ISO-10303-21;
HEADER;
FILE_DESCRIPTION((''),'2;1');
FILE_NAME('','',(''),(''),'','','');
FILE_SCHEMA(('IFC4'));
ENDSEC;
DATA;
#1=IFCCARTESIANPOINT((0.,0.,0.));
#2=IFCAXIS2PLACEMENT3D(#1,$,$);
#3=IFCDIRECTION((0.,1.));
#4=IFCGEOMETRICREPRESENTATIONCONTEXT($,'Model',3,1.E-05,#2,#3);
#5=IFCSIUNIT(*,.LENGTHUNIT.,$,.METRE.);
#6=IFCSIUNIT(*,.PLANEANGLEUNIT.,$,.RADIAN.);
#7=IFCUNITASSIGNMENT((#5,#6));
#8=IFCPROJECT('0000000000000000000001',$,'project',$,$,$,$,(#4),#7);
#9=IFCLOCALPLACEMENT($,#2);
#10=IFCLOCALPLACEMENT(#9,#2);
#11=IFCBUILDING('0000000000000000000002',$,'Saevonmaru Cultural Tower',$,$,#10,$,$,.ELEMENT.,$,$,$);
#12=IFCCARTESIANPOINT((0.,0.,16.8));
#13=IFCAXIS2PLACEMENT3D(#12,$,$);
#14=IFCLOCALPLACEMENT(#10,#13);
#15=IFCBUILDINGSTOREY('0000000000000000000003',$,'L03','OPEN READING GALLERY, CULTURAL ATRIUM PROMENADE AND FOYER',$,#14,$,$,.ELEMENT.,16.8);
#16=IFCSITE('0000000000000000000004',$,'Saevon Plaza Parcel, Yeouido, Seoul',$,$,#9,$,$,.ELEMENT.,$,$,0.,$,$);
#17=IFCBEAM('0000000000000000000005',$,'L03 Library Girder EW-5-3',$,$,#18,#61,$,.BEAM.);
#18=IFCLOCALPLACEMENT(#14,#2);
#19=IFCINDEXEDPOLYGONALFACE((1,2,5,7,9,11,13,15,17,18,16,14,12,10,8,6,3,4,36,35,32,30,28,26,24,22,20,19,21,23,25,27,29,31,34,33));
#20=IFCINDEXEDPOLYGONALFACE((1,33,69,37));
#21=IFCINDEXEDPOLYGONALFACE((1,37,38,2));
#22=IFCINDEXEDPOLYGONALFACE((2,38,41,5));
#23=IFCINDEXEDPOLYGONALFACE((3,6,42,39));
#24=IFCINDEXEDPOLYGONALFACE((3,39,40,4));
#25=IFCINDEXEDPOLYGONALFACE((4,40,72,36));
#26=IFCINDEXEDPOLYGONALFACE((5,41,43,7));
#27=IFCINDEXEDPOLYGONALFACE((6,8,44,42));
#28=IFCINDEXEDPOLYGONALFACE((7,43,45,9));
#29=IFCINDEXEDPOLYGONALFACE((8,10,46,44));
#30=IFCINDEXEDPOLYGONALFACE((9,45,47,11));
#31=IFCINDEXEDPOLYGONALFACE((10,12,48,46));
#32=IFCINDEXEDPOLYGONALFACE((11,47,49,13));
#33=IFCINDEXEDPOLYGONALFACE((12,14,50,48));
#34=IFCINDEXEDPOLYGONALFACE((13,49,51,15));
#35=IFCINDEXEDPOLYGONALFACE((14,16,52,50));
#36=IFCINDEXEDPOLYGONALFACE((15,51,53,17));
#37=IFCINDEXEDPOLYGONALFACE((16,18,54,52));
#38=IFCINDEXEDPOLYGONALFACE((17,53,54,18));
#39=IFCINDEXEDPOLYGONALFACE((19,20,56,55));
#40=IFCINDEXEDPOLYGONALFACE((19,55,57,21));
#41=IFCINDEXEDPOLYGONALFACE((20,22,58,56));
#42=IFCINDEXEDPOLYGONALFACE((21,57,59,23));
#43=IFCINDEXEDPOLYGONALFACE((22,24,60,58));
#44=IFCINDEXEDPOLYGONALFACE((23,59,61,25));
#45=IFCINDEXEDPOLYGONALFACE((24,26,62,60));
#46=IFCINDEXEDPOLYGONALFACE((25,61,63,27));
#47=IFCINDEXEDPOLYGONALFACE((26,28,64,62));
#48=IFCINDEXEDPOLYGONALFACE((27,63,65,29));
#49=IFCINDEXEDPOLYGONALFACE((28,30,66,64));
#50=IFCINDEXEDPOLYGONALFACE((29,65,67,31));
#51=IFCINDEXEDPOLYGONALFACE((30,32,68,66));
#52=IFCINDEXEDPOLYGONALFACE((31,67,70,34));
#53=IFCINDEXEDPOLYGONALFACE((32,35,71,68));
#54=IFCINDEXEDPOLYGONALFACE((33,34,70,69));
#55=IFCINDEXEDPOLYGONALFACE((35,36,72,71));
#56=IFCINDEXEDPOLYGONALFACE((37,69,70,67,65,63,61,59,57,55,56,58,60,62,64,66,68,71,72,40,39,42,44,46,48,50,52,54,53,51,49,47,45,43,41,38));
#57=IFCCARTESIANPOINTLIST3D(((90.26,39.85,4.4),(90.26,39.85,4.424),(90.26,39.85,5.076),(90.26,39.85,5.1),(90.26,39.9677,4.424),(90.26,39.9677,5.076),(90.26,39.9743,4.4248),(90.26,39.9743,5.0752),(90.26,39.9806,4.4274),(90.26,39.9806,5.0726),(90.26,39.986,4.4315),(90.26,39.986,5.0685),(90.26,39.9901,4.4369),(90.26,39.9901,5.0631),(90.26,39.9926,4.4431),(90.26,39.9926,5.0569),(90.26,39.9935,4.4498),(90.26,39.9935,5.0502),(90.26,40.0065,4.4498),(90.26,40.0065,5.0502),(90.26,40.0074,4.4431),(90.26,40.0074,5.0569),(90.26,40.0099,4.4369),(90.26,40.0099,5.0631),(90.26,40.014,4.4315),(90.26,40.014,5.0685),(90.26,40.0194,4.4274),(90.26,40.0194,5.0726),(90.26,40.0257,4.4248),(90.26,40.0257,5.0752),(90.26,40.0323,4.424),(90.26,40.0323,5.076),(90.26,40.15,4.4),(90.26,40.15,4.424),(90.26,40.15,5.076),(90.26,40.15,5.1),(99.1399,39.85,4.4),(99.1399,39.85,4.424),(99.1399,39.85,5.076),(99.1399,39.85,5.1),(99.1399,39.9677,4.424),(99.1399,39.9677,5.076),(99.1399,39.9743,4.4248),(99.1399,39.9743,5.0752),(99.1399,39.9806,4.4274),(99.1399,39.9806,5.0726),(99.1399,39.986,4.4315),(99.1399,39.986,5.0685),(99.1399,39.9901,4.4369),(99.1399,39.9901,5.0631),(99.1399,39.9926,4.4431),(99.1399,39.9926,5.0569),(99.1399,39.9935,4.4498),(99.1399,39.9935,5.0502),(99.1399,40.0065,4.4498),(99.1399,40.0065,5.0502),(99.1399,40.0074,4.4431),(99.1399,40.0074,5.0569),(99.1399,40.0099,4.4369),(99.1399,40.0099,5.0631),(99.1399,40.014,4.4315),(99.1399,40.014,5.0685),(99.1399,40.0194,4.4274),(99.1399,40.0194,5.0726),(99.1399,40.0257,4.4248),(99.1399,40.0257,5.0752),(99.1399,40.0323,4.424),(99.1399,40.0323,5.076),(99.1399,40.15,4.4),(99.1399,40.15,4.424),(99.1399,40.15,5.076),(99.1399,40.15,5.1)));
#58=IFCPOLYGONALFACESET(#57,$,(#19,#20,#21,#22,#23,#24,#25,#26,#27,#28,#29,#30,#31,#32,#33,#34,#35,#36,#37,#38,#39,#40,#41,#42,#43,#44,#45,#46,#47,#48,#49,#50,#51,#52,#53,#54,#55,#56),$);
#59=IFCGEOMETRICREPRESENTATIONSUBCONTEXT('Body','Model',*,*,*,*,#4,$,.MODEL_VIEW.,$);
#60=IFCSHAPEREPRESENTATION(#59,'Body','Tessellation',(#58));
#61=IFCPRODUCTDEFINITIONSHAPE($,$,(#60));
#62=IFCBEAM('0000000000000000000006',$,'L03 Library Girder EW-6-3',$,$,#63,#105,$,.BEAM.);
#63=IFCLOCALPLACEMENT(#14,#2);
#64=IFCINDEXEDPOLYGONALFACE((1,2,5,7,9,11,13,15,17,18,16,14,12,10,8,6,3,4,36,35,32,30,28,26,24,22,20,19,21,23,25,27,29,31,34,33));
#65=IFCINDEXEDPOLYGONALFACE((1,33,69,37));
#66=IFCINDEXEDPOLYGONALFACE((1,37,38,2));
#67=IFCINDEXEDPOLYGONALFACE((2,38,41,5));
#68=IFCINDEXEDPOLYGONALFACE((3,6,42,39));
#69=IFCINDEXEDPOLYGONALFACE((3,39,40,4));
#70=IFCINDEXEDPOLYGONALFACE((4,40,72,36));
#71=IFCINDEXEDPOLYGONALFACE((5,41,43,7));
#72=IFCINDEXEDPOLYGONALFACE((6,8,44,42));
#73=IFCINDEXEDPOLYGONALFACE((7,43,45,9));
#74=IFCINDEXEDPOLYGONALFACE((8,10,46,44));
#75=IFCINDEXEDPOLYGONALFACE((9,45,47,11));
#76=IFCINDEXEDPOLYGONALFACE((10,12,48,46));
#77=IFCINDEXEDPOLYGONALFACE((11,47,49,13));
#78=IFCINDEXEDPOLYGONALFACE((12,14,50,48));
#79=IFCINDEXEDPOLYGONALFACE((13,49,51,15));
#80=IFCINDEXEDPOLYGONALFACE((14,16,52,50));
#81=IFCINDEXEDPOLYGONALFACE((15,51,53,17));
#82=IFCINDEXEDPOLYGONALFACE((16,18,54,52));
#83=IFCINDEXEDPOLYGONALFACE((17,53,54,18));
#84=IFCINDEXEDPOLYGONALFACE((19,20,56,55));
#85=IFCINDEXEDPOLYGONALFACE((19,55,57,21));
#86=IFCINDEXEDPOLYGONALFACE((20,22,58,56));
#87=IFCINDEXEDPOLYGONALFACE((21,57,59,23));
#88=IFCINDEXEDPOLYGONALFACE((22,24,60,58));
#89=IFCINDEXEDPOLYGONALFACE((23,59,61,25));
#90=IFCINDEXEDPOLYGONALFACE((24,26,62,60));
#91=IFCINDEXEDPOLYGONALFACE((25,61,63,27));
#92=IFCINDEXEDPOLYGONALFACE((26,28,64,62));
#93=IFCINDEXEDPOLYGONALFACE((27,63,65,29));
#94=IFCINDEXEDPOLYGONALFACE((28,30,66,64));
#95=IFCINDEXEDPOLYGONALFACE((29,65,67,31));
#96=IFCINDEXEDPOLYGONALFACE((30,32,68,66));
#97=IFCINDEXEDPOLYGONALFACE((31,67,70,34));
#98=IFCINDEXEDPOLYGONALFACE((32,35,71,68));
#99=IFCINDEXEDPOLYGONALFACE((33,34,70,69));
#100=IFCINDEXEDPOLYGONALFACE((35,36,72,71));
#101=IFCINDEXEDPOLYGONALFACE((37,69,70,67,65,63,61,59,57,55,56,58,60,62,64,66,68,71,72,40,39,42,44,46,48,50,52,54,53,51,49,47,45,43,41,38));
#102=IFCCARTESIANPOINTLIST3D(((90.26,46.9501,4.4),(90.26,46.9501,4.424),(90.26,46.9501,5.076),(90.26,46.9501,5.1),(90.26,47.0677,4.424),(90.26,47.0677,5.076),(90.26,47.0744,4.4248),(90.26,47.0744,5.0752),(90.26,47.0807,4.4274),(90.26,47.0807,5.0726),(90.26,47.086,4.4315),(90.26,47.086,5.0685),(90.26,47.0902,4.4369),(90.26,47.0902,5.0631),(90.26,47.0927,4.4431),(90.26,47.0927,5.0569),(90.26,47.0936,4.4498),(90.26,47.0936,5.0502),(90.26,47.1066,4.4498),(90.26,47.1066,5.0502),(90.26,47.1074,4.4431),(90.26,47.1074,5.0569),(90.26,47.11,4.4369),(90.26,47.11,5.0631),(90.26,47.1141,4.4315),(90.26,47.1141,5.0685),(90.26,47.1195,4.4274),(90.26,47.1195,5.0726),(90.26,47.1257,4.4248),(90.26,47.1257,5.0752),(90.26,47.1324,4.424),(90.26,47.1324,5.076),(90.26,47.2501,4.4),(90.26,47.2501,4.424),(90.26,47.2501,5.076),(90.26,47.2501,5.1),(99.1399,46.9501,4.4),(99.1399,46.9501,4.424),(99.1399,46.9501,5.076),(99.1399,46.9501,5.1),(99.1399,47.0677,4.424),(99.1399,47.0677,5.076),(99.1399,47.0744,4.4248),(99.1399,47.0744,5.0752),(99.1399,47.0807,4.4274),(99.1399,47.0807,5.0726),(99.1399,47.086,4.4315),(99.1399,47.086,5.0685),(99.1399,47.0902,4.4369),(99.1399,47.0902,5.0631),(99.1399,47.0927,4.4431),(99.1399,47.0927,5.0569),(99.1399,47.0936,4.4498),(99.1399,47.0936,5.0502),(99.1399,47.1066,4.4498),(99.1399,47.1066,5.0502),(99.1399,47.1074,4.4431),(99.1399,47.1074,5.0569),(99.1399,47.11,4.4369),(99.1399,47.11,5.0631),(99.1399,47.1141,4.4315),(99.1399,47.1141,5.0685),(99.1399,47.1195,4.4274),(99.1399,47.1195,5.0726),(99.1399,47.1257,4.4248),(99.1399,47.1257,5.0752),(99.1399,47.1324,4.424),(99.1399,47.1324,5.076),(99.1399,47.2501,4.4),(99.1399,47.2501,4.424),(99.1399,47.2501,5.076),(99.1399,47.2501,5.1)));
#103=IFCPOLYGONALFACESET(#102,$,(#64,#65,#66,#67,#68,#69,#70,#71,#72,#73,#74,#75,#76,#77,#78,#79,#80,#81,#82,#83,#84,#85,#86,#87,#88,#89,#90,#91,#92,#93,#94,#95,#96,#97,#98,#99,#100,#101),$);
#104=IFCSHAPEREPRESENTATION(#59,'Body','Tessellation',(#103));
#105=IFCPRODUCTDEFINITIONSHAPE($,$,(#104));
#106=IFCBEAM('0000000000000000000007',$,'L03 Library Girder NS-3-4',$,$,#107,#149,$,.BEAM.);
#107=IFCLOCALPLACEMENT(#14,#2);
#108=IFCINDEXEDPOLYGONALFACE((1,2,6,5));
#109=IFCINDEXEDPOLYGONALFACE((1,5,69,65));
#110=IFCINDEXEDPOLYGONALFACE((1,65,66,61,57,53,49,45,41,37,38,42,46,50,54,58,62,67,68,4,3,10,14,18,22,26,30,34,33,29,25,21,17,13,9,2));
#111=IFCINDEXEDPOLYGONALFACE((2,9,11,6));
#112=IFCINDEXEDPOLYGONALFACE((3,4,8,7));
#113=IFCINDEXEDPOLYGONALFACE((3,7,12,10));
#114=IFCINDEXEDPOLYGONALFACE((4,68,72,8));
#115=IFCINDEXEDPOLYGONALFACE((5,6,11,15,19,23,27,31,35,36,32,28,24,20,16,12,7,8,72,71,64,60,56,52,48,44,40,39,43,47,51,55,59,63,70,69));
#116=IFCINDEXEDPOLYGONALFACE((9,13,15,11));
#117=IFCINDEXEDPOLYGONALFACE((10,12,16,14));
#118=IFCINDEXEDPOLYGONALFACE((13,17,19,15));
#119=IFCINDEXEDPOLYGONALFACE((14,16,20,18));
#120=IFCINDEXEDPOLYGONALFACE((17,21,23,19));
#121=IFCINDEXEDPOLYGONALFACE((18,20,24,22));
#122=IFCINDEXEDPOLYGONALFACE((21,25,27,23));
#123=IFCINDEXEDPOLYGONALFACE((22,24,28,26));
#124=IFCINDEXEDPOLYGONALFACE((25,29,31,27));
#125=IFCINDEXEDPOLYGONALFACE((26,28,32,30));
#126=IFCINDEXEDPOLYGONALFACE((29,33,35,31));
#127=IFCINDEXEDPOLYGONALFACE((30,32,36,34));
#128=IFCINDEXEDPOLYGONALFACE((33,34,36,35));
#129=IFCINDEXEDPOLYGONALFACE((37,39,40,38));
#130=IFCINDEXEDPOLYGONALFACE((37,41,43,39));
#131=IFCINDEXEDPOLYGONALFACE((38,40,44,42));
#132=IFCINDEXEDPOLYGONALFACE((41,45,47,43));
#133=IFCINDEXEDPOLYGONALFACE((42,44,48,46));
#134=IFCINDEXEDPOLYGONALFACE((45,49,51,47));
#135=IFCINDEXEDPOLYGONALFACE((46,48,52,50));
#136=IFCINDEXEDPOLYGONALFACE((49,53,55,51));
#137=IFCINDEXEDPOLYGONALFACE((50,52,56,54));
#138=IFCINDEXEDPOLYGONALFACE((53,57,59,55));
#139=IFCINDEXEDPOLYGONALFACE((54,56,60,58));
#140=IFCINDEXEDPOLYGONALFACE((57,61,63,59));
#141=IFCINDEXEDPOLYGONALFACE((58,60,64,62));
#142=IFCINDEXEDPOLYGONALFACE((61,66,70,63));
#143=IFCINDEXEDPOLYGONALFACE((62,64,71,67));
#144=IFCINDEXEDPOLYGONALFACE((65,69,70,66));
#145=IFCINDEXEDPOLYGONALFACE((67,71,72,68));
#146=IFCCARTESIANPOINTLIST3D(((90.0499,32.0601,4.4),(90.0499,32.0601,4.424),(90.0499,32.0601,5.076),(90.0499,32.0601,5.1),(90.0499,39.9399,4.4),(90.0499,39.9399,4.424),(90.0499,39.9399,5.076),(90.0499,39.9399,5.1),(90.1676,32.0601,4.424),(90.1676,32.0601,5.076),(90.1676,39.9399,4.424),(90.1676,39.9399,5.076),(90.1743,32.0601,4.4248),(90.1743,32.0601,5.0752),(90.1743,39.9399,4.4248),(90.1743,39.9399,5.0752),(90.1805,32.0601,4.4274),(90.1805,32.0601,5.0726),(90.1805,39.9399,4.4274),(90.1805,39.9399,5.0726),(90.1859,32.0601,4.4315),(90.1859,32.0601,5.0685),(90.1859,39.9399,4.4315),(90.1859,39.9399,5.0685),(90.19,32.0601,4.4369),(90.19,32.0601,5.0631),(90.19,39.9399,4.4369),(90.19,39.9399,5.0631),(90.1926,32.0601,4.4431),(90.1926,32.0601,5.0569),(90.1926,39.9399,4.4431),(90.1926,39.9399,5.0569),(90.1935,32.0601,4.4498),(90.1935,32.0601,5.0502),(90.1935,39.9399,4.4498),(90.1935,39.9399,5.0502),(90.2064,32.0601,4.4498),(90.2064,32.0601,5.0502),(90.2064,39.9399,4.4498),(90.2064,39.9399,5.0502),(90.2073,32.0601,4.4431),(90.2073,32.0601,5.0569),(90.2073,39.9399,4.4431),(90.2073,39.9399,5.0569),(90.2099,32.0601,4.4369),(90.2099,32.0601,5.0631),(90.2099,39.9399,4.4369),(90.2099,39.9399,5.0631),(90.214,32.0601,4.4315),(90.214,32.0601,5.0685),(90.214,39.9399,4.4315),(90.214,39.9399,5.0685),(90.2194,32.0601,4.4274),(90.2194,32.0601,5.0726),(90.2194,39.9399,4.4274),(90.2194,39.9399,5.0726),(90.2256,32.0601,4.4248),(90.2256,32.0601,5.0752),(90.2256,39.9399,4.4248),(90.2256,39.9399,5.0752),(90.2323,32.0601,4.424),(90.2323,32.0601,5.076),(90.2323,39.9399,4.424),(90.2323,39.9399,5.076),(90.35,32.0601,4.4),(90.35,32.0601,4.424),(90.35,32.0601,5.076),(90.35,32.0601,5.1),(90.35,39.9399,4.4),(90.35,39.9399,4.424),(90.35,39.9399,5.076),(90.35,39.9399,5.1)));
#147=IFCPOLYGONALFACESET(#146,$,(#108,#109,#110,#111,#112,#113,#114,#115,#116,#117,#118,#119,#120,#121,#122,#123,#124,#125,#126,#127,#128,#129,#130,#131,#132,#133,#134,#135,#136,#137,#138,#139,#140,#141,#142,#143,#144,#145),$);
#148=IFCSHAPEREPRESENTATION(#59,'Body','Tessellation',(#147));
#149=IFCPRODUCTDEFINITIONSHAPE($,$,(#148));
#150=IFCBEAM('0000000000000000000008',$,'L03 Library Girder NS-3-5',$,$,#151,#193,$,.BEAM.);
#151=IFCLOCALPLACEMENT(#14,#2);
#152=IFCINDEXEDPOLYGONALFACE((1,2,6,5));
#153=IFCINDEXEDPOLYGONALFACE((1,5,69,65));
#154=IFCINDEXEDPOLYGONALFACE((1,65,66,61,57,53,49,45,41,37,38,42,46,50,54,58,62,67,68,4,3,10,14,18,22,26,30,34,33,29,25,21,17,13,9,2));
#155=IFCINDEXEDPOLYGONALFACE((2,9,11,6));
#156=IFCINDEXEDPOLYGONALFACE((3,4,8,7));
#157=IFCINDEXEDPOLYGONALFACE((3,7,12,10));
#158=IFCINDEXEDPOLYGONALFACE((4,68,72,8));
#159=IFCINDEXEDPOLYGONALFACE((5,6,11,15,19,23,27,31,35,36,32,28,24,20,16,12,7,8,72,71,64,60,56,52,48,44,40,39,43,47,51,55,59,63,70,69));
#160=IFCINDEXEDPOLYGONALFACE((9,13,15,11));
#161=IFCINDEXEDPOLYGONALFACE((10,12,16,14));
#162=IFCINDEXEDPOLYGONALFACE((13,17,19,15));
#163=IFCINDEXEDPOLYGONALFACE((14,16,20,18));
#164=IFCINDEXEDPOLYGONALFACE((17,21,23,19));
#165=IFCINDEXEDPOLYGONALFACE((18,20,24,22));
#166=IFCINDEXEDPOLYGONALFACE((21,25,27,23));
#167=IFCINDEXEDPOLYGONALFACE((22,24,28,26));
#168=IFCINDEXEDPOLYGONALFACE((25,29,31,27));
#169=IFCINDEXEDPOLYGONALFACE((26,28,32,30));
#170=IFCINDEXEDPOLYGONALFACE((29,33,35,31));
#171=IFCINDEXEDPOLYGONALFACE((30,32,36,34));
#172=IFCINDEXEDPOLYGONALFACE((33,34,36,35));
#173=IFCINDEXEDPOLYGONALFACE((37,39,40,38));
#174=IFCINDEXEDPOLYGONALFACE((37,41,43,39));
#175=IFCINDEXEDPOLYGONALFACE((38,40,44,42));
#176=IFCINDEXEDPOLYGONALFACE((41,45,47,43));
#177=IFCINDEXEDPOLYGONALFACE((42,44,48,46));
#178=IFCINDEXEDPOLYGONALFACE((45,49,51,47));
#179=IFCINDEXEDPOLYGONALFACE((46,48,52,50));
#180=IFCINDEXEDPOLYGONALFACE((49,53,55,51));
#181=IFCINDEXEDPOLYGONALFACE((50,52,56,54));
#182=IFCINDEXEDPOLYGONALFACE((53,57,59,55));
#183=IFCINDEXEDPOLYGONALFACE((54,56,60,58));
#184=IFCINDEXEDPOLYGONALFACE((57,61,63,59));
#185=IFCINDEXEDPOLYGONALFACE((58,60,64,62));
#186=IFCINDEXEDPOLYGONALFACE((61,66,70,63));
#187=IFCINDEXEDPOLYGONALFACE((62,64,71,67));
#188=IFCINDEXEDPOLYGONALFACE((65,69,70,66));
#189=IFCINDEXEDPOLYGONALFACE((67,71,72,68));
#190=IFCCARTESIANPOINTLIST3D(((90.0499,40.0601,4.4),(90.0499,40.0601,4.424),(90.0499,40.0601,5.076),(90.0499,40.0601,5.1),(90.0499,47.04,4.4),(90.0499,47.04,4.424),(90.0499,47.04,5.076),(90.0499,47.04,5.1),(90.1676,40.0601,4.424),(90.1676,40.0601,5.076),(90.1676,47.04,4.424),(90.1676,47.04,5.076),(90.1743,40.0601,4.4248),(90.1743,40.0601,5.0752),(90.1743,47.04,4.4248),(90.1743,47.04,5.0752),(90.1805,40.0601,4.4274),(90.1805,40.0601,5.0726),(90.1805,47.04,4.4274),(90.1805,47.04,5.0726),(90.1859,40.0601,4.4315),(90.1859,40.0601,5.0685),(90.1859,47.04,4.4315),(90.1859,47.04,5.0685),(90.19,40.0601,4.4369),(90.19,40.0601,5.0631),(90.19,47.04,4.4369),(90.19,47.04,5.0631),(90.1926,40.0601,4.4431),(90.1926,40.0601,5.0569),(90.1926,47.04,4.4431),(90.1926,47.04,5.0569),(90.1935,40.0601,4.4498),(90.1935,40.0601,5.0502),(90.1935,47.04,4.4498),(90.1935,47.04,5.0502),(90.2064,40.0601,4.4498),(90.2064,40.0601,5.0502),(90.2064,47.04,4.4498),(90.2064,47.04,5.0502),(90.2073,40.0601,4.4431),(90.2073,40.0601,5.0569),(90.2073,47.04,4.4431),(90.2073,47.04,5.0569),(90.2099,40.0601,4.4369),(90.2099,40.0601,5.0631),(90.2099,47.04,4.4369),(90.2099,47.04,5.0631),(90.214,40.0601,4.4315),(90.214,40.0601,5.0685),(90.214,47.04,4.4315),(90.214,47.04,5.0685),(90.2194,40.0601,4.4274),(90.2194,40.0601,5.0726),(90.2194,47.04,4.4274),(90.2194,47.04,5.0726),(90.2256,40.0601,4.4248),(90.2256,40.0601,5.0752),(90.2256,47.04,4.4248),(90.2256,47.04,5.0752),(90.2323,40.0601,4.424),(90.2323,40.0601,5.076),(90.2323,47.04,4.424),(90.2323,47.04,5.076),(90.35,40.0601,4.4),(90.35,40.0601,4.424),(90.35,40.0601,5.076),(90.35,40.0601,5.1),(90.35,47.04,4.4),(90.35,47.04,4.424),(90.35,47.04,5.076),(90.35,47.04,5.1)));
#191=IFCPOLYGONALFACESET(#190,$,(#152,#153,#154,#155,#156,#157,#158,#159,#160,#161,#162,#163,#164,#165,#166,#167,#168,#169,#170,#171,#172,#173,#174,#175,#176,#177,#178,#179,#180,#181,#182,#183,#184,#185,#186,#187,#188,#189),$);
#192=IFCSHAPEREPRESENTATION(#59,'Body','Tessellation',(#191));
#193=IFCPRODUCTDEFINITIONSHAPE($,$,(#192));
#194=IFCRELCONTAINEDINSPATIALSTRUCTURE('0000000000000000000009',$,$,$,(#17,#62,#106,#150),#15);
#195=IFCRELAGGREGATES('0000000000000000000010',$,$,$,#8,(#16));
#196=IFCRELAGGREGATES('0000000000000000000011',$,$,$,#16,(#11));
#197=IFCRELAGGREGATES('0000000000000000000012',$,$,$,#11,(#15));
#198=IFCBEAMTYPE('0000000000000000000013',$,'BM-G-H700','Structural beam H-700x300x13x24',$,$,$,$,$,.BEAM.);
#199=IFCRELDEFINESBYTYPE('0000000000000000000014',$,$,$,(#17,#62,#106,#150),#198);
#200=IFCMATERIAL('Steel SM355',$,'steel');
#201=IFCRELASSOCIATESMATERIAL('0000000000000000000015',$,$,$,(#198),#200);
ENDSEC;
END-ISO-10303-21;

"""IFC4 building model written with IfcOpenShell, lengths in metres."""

from ifc_helpers import new_model, si_unit, direction, frame, origin, origin_2d, place, context, subcontext, project, spatial, i_section, extrude, material, material_profile, profile_set, type_object, element, save


model = new_model("IFC4")

# Units and contexts
model_context = context("Model", 3, precision=1e-05, world=origin(), true_north=direction((0.0, 1.0)))
body_context = subcontext(model_context, "Body", "Model", "MODEL_VIEW")
ifc_project = project(units=[si_unit("LENGTHUNIT", "METRE"), si_unit("PLANEANGLEUNIT", "RADIAN")], contexts=[model_context])

# Site, building, storey
site_placement = place(None, origin())
site = spatial("IfcSite", under=ifc_project, at=site_placement, Name="Saevon Plaza Parcel, Yeouido, Seoul", CompositionType="ELEMENT", RefElevation=0.0)
building_placement = place(site_placement, origin())
building = spatial("IfcBuilding", under=site, at=building_placement, Name="Saevonmaru Cultural Tower", CompositionType="ELEMENT")
storey_placement = place(building_placement, frame((0.0, 0.0, 16.8)))
storey = spatial("IfcBuildingStorey", under=building, at=storey_placement, Name="L03", Description="OPEN READING GALLERY, CULTURAL ATRIUM PROMENADE AND FOYER", CompositionType="ELEMENT", Elevation=16.8)

# Shared definitions
ifc_material_1 = material(Name="Steel SM355", Category="steel")

# Beams
ifc_material_profile_1 = material_profile(ifc_material_1, i_section(OverallWidth=0.3, OverallDepth=0.7, WebThickness=0.0129, FlangeThickness=0.0239, FilletRadius=0.0259, at=origin_2d()), Name="H-700x300x13x24")
ifc_profile_set_1 = profile_set([ifc_material_profile_1], Name="Steel SM355")
beam_type = type_object("IfcBeamType", Name="BM-G-H700", Description="Structural beam H-700x300x13x24", PredefinedType="BEAM", material=ifc_profile_set_1)
for number, where, z_axis, x_axis, name in (
    (1, (90.26, 40.0, 4.75), (1.0, 0.0, 0.0), (0.0, 1.0, 0.0), "L03 Library Girder EW-5-3"),
    (2, (90.26, 47.1001, 4.75), (1.0, 0.0, 0.0), (0.0, 1.0, 0.0), "L03 Library Girder EW-6-3"),
):
    element("IfcBeam", number, at=place(storey_placement, frame(where, z_axis=z_axis, x_axis=x_axis)), inside=storey, type_object=beam_type, Name=name, PredefinedType="BEAM", context=body_context, shape_type="SweptSolid", body=[
        extrude(i_section(OverallWidth=0.3, OverallDepth=0.7, WebThickness=0.0129, FlangeThickness=0.0239, FilletRadius=0.0259, at=origin_2d()), origin(), (0.0, 0.0, 1.0), 8.8799),
    ])
beam_1_placement = place(storey_placement, frame((90.2, 32.0601, 4.75), z_axis=(0.0, 1.0, 0.0), x_axis=(-1.0, 0.0, 0.0)))
element("IfcBeam", 3, at=beam_1_placement, inside=storey, type_object=beam_type, Name="L03 Library Girder NS-3-4", PredefinedType="BEAM", context=body_context, shape_type="SweptSolid", body=[
    extrude(i_section(OverallWidth=0.3, OverallDepth=0.7, WebThickness=0.0129, FlangeThickness=0.0239, FilletRadius=0.0259, at=origin_2d()), origin(), (0.0, 0.0, 1.0), 7.8799),
])
beam_2_placement = place(storey_placement, frame((90.2, 40.0601, 4.75), z_axis=(0.0, 1.0, 0.0), x_axis=(-1.0, 0.0, 0.0)))
element("IfcBeam", 4, at=beam_2_placement, inside=storey, type_object=beam_type, Name="L03 Library Girder NS-3-5", PredefinedType="BEAM", context=body_context, shape_type="SweptSolid", body=[
    extrude(i_section(OverallWidth=0.3, OverallDepth=0.7, WebThickness=0.0129, FlangeThickness=0.0239, FilletRadius=0.0259, at=origin_2d()), origin(), (0.0, 0.0, 1.0), 6.98),
])

save(model, "model.ifc")
